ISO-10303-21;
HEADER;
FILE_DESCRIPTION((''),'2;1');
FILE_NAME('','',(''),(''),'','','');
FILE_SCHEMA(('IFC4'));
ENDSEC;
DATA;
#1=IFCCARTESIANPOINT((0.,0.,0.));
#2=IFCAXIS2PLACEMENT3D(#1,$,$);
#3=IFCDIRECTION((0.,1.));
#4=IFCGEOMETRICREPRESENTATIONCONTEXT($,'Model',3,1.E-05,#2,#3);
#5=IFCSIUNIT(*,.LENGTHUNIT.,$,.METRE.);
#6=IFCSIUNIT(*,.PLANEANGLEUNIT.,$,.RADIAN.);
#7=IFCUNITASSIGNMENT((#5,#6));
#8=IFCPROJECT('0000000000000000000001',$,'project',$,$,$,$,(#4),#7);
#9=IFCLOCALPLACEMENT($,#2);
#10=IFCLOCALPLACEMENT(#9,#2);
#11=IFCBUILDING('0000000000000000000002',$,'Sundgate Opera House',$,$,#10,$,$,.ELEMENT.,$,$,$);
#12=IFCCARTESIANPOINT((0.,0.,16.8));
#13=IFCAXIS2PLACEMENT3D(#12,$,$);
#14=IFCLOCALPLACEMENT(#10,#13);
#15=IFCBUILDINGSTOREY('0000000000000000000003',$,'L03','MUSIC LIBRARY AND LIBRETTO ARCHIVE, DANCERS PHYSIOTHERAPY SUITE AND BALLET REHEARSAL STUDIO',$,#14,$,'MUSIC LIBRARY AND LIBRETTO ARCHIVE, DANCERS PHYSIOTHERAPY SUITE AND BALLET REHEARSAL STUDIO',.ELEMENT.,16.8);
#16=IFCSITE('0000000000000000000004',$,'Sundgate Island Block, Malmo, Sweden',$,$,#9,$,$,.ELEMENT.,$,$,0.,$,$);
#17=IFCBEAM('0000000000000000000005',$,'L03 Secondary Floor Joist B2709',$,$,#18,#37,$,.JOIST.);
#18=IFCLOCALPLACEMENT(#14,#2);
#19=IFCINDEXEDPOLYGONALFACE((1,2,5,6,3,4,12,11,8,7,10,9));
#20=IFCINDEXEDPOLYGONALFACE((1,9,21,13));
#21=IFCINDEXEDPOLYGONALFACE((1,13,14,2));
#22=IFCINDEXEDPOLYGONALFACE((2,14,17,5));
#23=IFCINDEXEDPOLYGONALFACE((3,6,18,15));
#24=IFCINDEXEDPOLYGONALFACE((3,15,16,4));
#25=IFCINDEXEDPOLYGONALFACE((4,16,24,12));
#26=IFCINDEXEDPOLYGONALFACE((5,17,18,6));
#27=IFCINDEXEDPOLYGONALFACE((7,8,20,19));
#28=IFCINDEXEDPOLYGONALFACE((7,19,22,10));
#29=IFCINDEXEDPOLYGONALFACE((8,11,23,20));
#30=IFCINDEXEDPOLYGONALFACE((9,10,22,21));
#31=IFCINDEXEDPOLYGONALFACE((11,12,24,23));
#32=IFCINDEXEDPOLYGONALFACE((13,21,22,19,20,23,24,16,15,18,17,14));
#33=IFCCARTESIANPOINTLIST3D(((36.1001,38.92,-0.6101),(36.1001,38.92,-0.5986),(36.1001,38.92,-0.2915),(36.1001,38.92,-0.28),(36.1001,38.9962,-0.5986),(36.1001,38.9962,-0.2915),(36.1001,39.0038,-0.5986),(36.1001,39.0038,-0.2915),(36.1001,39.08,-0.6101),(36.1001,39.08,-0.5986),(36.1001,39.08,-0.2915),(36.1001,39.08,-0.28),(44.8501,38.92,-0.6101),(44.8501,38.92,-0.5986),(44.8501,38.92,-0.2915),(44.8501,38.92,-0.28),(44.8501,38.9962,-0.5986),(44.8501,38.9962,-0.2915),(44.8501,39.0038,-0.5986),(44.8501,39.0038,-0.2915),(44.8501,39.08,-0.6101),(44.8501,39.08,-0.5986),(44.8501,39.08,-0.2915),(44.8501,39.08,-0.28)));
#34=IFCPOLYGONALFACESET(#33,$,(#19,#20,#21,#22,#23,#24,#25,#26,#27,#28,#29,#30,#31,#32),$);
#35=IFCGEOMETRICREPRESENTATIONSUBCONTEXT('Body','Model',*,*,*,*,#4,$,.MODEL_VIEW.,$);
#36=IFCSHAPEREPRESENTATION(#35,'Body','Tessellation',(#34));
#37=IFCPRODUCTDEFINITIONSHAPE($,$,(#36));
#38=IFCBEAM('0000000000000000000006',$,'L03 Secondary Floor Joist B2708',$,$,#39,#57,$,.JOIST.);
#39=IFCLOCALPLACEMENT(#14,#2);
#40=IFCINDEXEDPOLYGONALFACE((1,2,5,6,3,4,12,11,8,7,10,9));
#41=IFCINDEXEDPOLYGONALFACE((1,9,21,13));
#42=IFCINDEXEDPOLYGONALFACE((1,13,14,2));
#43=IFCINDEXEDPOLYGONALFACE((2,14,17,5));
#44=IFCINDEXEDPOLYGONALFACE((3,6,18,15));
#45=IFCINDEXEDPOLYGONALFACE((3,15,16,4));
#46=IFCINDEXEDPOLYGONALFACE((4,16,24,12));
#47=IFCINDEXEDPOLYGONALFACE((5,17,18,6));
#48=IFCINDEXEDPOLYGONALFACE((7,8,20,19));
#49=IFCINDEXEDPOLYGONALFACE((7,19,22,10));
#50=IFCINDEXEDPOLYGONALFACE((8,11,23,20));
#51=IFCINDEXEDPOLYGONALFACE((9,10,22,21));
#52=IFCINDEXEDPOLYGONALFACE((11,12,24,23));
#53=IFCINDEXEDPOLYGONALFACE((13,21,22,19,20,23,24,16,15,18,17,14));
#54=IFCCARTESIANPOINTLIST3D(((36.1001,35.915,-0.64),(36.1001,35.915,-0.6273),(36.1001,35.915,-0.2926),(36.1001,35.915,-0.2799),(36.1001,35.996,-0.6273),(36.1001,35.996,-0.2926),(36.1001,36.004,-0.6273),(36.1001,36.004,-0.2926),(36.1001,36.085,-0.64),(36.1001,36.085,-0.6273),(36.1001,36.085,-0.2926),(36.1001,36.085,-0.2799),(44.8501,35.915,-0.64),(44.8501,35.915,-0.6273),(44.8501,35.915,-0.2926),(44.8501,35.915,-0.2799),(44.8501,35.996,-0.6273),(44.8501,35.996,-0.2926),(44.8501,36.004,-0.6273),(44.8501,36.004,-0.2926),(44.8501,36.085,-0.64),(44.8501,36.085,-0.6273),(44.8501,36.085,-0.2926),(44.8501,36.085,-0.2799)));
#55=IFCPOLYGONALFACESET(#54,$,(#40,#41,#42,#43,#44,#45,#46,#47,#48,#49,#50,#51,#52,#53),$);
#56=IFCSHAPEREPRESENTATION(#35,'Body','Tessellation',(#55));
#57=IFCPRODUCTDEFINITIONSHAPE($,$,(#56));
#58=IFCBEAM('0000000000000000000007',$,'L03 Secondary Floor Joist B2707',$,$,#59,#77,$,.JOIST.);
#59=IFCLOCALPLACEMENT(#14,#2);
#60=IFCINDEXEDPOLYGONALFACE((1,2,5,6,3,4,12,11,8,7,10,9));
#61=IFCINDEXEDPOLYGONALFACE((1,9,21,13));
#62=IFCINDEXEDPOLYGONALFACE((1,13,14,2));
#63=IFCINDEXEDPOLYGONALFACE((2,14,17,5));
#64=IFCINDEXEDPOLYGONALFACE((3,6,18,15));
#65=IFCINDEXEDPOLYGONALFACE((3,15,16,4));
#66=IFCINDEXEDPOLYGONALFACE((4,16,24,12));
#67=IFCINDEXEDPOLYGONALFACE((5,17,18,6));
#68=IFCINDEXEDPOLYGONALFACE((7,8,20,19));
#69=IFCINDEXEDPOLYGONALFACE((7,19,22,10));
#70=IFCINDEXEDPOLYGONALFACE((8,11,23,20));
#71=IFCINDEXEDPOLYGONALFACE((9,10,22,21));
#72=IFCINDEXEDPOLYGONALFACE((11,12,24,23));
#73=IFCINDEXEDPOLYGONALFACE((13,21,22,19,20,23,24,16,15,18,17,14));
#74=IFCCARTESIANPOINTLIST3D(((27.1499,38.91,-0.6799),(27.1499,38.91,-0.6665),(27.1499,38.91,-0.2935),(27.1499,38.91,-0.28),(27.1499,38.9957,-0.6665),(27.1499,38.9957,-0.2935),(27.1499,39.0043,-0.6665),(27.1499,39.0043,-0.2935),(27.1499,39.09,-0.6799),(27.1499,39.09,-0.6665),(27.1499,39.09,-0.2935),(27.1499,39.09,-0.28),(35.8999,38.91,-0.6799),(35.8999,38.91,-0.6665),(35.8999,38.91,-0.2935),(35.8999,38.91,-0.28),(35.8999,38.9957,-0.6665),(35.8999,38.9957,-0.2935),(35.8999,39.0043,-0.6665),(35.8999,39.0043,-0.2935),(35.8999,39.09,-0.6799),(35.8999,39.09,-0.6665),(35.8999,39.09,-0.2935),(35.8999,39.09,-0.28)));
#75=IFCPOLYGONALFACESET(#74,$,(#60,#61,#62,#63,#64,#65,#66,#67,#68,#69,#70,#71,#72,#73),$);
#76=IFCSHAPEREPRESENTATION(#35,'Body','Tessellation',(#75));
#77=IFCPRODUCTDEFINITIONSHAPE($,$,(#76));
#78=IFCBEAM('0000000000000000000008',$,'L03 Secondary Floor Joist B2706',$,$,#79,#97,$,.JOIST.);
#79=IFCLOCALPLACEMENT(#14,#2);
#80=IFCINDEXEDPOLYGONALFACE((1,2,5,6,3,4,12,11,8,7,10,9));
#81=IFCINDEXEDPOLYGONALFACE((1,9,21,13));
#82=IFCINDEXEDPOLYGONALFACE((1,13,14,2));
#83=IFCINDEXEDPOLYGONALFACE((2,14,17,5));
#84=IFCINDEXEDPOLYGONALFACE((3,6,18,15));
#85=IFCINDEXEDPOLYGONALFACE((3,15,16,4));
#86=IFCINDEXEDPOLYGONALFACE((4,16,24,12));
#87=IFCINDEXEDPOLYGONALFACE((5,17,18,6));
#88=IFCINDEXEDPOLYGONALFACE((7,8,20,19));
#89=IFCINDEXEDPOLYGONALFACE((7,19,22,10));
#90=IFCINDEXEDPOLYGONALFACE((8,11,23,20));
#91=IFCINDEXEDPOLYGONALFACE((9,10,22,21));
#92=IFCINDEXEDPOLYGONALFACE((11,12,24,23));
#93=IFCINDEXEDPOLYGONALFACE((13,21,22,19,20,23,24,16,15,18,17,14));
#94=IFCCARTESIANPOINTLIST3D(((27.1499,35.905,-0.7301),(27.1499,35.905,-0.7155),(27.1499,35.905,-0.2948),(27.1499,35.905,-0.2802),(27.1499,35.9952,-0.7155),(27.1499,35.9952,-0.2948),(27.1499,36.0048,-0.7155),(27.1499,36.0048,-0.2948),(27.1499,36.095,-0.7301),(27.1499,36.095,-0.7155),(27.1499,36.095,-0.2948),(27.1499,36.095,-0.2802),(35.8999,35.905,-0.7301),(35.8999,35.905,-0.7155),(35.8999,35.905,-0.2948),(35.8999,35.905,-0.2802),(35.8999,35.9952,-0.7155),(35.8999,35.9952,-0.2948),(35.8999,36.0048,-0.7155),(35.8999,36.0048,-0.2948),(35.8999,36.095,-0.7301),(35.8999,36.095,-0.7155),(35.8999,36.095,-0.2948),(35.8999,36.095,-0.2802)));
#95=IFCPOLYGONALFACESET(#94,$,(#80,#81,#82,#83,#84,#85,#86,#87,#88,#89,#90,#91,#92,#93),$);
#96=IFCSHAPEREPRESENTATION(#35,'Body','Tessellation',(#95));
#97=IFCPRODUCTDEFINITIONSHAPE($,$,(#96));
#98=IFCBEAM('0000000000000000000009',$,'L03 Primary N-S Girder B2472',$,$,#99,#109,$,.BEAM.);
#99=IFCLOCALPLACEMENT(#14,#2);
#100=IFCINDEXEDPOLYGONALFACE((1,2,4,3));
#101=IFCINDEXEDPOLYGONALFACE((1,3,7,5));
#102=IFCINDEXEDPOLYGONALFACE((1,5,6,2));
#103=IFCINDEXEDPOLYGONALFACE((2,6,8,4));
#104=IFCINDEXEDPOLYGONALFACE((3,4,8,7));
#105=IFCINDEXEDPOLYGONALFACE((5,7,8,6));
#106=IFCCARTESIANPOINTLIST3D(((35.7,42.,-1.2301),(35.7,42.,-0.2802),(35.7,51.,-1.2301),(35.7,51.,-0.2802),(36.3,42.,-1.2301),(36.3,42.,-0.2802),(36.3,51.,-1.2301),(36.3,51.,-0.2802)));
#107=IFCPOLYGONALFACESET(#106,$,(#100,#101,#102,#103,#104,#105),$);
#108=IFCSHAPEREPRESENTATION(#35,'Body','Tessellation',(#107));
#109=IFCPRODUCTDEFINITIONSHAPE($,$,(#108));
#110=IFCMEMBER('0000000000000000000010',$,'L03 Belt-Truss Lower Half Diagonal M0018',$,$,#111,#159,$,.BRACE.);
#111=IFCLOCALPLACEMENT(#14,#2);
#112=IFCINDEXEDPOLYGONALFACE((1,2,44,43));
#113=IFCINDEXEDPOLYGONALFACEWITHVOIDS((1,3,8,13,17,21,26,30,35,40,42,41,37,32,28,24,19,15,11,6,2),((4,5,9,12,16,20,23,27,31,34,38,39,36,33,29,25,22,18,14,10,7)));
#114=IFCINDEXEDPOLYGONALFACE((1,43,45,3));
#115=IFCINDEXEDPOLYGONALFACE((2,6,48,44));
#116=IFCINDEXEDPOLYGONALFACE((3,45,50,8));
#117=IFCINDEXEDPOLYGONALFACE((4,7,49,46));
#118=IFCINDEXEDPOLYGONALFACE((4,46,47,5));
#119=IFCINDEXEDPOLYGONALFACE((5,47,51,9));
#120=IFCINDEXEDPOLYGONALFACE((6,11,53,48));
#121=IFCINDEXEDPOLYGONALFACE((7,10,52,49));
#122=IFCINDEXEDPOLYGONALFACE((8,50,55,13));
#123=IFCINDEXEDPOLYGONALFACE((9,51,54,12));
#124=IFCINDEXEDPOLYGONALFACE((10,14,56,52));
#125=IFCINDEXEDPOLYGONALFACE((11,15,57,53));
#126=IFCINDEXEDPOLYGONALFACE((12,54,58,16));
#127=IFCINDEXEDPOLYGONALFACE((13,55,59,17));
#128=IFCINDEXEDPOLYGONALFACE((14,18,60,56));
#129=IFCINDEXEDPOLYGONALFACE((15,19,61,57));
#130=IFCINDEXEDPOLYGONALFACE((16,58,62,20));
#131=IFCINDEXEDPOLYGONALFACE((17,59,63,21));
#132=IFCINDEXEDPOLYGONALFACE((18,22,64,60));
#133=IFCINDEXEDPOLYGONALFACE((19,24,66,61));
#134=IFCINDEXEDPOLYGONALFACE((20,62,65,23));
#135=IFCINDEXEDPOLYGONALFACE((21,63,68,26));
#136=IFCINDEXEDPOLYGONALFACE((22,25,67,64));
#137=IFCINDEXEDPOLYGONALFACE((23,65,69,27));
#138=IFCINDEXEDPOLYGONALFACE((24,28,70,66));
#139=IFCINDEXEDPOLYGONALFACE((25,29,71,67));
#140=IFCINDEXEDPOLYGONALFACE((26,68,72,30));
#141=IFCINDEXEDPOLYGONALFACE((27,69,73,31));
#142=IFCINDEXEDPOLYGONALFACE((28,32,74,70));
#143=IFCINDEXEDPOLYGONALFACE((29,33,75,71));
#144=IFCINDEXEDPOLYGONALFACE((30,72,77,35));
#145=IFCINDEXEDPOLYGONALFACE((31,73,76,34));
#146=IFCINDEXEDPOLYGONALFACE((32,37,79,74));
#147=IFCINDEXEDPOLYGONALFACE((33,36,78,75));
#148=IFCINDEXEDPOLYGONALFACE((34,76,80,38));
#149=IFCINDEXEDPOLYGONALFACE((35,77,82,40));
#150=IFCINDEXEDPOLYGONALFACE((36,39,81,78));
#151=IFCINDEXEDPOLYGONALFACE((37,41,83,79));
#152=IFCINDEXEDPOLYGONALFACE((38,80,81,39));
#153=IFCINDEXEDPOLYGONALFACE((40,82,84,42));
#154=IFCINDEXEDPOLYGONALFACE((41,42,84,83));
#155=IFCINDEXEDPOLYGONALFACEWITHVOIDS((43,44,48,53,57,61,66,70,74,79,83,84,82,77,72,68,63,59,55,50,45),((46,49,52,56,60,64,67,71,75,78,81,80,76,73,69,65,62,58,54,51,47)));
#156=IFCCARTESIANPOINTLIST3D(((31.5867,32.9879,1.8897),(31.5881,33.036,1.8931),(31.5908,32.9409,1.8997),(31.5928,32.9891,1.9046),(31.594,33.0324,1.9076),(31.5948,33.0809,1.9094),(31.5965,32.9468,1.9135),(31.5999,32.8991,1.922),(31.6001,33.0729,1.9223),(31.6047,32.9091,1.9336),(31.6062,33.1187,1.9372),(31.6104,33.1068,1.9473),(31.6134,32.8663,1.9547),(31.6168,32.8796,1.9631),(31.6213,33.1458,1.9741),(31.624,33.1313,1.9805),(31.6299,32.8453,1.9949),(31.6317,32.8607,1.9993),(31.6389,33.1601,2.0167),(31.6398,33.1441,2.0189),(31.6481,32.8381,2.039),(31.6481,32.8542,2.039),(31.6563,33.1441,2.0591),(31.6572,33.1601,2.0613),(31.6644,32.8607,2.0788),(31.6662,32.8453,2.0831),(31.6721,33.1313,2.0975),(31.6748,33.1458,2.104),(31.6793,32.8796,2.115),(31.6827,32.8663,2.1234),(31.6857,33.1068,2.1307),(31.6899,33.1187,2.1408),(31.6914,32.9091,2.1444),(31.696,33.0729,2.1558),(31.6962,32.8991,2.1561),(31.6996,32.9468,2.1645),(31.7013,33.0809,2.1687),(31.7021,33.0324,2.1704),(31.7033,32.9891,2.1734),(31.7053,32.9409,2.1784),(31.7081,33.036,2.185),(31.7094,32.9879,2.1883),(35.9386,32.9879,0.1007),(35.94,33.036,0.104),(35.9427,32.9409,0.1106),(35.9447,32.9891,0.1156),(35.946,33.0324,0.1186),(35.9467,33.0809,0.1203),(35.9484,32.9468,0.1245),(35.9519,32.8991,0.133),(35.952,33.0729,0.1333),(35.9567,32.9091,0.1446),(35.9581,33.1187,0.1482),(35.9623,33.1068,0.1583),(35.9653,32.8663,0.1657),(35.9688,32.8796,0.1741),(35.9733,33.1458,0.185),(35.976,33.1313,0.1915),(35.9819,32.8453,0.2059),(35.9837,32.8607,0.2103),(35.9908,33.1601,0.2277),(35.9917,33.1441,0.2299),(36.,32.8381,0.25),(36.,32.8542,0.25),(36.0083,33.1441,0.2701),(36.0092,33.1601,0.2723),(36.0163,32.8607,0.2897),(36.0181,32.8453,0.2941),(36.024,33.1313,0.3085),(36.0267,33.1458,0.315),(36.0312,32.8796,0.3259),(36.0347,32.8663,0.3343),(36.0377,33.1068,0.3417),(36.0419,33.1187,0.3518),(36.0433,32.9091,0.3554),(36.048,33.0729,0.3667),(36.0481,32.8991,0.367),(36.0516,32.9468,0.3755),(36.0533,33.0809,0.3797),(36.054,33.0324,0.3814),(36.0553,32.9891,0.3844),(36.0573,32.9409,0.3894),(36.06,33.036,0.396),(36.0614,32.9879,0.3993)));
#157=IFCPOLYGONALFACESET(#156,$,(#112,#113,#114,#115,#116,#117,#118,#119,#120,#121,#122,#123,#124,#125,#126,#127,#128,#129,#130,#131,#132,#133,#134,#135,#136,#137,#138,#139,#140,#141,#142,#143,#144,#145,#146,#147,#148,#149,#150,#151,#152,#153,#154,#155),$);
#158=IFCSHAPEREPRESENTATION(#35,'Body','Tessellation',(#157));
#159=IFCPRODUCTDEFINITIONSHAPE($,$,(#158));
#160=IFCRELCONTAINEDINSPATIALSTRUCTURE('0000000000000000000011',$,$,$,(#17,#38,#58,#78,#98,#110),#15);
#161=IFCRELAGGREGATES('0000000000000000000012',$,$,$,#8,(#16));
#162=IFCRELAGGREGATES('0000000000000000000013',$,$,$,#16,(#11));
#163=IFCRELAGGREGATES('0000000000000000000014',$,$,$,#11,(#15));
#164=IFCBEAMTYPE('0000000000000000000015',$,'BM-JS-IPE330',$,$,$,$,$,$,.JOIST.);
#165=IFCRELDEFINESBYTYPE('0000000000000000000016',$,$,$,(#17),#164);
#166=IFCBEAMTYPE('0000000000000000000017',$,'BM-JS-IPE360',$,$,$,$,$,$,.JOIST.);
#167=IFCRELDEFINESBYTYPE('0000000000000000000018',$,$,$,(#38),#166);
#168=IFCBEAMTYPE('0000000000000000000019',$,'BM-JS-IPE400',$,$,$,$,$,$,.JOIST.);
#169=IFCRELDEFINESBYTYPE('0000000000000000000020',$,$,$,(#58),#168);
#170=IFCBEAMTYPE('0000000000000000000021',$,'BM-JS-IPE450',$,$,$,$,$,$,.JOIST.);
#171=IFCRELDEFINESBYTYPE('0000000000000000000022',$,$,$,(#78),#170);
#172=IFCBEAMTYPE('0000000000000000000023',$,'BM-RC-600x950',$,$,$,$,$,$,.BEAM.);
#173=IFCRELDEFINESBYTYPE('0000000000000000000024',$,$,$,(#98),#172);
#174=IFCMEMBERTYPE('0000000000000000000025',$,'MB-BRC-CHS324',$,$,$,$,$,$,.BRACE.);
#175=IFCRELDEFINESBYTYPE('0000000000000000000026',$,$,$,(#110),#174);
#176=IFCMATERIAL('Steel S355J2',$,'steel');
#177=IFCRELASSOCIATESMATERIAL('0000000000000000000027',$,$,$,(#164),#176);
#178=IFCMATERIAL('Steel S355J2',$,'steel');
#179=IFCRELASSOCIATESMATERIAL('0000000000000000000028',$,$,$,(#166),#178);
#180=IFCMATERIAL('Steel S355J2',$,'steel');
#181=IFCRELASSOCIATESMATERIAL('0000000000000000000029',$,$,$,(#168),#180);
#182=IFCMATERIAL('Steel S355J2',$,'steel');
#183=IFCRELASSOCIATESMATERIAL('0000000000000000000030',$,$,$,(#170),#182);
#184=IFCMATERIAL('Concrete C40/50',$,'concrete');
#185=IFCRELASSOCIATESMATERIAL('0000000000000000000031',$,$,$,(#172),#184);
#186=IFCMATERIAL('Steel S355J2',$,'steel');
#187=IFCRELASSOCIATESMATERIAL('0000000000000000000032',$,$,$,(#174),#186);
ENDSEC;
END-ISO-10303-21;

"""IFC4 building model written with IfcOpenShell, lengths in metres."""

from ifc_helpers import new_model, si_unit, direction, frame, origin, origin_2d, place, context, subcontext, project, spatial, rectangle, hollow_circle, i_section, extrude, material, material_profile, profile_set, type_object, element, save


model = new_model("IFC4")

# Units and contexts
model_context = context("Model", 3, precision=1e-05, world=origin(), true_north=direction((0.0, 1.0)))
body_context = subcontext(model_context, "Body", "Model", "MODEL_VIEW")
ifc_project = project(units=[si_unit("LENGTHUNIT", "METRE"), si_unit("PLANEANGLEUNIT", "RADIAN")], contexts=[model_context])

# Site, building, storey
site_placement = place(None, origin())
site = spatial("IfcSite", under=ifc_project, at=site_placement, Name="Sundgate Island Block, Malmo, Sweden", CompositionType="ELEMENT", RefElevation=0.0)
building_placement = place(site_placement, origin())
building = spatial("IfcBuilding", under=site, at=building_placement, Name="Sundgate Opera House", CompositionType="ELEMENT")
storey_placement = place(building_placement, frame((0.0, 0.0, 16.8)))
storey = spatial("IfcBuildingStorey", under=building, at=storey_placement, Name="L03", Description="MUSIC LIBRARY AND LIBRETTO ARCHIVE, DANCERS PHYSIOTHERAPY SUITE AND BALLET REHEARSAL STUDIO", LongName="MUSIC LIBRARY AND LIBRETTO ARCHIVE, DANCERS PHYSIOTHERAPY SUITE AND BALLET REHEARSAL STUDIO", CompositionType="ELEMENT", Elevation=16.8)

# Beams
ifc_material_1 = material(Name="Steel S355J2", Category="steel")
ifc_material_profile_1 = material_profile(ifc_material_1, i_section(OverallWidth=0.1599, OverallDepth=0.3301, WebThickness=0.0076, FlangeThickness=0.0115, at=origin_2d()), Name="IPE 330")
ifc_profile_set_1 = profile_set([ifc_material_profile_1], Name="Steel S355J2")
beam_type_1 = type_object("IfcBeamType", Name="BM-JS-IPE330", PredefinedType="JOIST", material=ifc_profile_set_1)
beam_1_placement = place(storey_placement, frame((36.1001, 39.0, -0.4451), z_axis=(1.0, 0.0, 0.0), x_axis=(0.0, 1.0, 0.0)))
element("IfcBeam", 1, at=beam_1_placement, inside=storey, type_object=beam_type_1, Name="L03 Secondary Floor Joist B2709", PredefinedType="JOIST", context=body_context, shape_type="SweptSolid", body=[
    extrude(i_section(OverallWidth=0.1599, OverallDepth=0.3301, WebThickness=0.0076, FlangeThickness=0.0115, at=origin_2d()), origin(), (0.0, 0.0, 1.0), 8.75),
])
ifc_material_2 = material(Name="Steel S355J2", Category="steel")
ifc_material_profile_2 = material_profile(ifc_material_2, i_section(OverallWidth=0.1699, OverallDepth=0.3601, WebThickness=0.0081, FlangeThickness=0.0127, at=origin_2d()), Name="IPE 360")
ifc_profile_set_2 = profile_set([ifc_material_profile_2], Name="Steel S355J2")
beam_type_2 = type_object("IfcBeamType", Name="BM-JS-IPE360", PredefinedType="JOIST", material=ifc_profile_set_2)
beam_2_placement = place(storey_placement, frame((36.1001, 36.0, -0.46), z_axis=(1.0, 0.0, 0.0), x_axis=(0.0, 1.0, 0.0)))
element("IfcBeam", 2, at=beam_2_placement, inside=storey, type_object=beam_type_2, Name="L03 Secondary Floor Joist B2708", PredefinedType="JOIST", context=body_context, shape_type="SweptSolid", body=[
    extrude(i_section(OverallWidth=0.1699, OverallDepth=0.3601, WebThickness=0.0081, FlangeThickness=0.0127, at=origin_2d()), origin(), (0.0, 0.0, 1.0), 8.75),
])
ifc_material_3 = material(Name="Steel S355J2", Category="steel")
ifc_material_profile_3 = material_profile(ifc_material_3, i_section(OverallWidth=0.1799, OverallDepth=0.3999, WebThickness=0.0085, FlangeThickness=0.0134, at=origin_2d()), Name="IPE 400")
ifc_profile_set_3 = profile_set([ifc_material_profile_3], Name="Steel S355J2")
beam_type_3 = type_object("IfcBeamType", Name="BM-JS-IPE400", PredefinedType="JOIST", material=ifc_profile_set_3)
beam_3_placement = place(storey_placement, frame((27.1499, 39.0, -0.48), z_axis=(1.0, 0.0, 0.0), x_axis=(0.0, 1.0, 0.0)))
element("IfcBeam", 3, at=beam_3_placement, inside=storey, type_object=beam_type_3, Name="L03 Secondary Floor Joist B2707", PredefinedType="JOIST", context=body_context, shape_type="SweptSolid", body=[
    extrude(i_section(OverallWidth=0.1799, OverallDepth=0.3999, WebThickness=0.0085, FlangeThickness=0.0134, at=origin_2d()), origin(), (0.0, 0.0, 1.0), 8.75),
])
ifc_material_4 = material(Name="Steel S355J2", Category="steel")
ifc_material_profile_4 = material_profile(ifc_material_4, i_section(OverallWidth=0.1899, OverallDepth=0.45, WebThickness=0.0095, FlangeThickness=0.0146, at=origin_2d()), Name="IPE 450")
ifc_profile_set_4 = profile_set([ifc_material_profile_4], Name="Steel S355J2")
beam_type_4 = type_object("IfcBeamType", Name="BM-JS-IPE450", PredefinedType="JOIST", material=ifc_profile_set_4)
beam_4_placement = place(storey_placement, frame((27.1499, 36.0, -0.5051), z_axis=(1.0, 0.0, 0.0), x_axis=(0.0, 1.0, 0.0)))
element("IfcBeam", 4, at=beam_4_placement, inside=storey, type_object=beam_type_4, Name="L03 Secondary Floor Joist B2706", PredefinedType="JOIST", context=body_context, shape_type="SweptSolid", body=[
    extrude(i_section(OverallWidth=0.1899, OverallDepth=0.45, WebThickness=0.0095, FlangeThickness=0.0146, at=origin_2d()), origin(), (0.0, 0.0, 1.0), 8.75),
])
ifc_material_5 = material(Name="Concrete C40/50", Category="concrete")
ifc_material_profile_5 = material_profile(ifc_material_5, rectangle(XDim=0.6001, YDim=0.95, at=origin_2d()), Name="RC 600x950")
ifc_profile_set_5 = profile_set([ifc_material_profile_5], Name="Concrete C40/50")
beam_type_5 = type_object("IfcBeamType", Name="BM-RC-600x950", PredefinedType="BEAM", material=ifc_profile_set_5)
beam_5_placement = place(storey_placement, frame((36.0, 42.0, -0.7551), z_axis=(0.0, 1.0, 0.0), x_axis=(-1.0, 0.0, 0.0)))
element("IfcBeam", 5, at=beam_5_placement, inside=storey, type_object=beam_type_5, Name="L03 Primary N-S Girder B2472", PredefinedType="BEAM", context=body_context, shape_type="SweptSolid", body=[
    extrude(rectangle(XDim=0.6001, YDim=0.95, at=origin_2d()), origin(), (0.0, 0.0, 1.0), 9.0),
])

# Member
ifc_material_6 = material(Name="Steel S355J2", Category="steel")
ifc_material_profile_6 = material_profile(ifc_material_6, hollow_circle(Radius=0.1619, WallThickness=0.0161, at=origin_2d()), Name="CHS 323.9x16.0")
ifc_profile_set_6 = profile_set([ifc_material_profile_6], Name="Steel S355J2")
member_type = type_object("IfcMemberType", Name="MB-BRC-CHS324", PredefinedType="BRACE", material=ifc_profile_set_6)
for number, where, z_axis, x_axis, name in (
    (6, (36.0, 33.0, 0.25), (-0.924899, 0.0, 0.380212), (0.0, -1.0, 0.0), "L03 Belt-Truss Lower Half Diagonal M0018"),
):
    element("IfcMember", number, at=place(storey_placement, frame(where, z_axis=z_axis, x_axis=x_axis)), inside=storey, type_object=member_type, Name=name, PredefinedType="BRACE", context=body_context, shape_type="SweptSolid", body=[
        extrude(hollow_circle(Radius=0.1619, WallThickness=0.0161, at=origin_2d()), origin(), (0.0, 0.0, 1.0), 4.7053),
    ])

save(model, "model.ifc")
